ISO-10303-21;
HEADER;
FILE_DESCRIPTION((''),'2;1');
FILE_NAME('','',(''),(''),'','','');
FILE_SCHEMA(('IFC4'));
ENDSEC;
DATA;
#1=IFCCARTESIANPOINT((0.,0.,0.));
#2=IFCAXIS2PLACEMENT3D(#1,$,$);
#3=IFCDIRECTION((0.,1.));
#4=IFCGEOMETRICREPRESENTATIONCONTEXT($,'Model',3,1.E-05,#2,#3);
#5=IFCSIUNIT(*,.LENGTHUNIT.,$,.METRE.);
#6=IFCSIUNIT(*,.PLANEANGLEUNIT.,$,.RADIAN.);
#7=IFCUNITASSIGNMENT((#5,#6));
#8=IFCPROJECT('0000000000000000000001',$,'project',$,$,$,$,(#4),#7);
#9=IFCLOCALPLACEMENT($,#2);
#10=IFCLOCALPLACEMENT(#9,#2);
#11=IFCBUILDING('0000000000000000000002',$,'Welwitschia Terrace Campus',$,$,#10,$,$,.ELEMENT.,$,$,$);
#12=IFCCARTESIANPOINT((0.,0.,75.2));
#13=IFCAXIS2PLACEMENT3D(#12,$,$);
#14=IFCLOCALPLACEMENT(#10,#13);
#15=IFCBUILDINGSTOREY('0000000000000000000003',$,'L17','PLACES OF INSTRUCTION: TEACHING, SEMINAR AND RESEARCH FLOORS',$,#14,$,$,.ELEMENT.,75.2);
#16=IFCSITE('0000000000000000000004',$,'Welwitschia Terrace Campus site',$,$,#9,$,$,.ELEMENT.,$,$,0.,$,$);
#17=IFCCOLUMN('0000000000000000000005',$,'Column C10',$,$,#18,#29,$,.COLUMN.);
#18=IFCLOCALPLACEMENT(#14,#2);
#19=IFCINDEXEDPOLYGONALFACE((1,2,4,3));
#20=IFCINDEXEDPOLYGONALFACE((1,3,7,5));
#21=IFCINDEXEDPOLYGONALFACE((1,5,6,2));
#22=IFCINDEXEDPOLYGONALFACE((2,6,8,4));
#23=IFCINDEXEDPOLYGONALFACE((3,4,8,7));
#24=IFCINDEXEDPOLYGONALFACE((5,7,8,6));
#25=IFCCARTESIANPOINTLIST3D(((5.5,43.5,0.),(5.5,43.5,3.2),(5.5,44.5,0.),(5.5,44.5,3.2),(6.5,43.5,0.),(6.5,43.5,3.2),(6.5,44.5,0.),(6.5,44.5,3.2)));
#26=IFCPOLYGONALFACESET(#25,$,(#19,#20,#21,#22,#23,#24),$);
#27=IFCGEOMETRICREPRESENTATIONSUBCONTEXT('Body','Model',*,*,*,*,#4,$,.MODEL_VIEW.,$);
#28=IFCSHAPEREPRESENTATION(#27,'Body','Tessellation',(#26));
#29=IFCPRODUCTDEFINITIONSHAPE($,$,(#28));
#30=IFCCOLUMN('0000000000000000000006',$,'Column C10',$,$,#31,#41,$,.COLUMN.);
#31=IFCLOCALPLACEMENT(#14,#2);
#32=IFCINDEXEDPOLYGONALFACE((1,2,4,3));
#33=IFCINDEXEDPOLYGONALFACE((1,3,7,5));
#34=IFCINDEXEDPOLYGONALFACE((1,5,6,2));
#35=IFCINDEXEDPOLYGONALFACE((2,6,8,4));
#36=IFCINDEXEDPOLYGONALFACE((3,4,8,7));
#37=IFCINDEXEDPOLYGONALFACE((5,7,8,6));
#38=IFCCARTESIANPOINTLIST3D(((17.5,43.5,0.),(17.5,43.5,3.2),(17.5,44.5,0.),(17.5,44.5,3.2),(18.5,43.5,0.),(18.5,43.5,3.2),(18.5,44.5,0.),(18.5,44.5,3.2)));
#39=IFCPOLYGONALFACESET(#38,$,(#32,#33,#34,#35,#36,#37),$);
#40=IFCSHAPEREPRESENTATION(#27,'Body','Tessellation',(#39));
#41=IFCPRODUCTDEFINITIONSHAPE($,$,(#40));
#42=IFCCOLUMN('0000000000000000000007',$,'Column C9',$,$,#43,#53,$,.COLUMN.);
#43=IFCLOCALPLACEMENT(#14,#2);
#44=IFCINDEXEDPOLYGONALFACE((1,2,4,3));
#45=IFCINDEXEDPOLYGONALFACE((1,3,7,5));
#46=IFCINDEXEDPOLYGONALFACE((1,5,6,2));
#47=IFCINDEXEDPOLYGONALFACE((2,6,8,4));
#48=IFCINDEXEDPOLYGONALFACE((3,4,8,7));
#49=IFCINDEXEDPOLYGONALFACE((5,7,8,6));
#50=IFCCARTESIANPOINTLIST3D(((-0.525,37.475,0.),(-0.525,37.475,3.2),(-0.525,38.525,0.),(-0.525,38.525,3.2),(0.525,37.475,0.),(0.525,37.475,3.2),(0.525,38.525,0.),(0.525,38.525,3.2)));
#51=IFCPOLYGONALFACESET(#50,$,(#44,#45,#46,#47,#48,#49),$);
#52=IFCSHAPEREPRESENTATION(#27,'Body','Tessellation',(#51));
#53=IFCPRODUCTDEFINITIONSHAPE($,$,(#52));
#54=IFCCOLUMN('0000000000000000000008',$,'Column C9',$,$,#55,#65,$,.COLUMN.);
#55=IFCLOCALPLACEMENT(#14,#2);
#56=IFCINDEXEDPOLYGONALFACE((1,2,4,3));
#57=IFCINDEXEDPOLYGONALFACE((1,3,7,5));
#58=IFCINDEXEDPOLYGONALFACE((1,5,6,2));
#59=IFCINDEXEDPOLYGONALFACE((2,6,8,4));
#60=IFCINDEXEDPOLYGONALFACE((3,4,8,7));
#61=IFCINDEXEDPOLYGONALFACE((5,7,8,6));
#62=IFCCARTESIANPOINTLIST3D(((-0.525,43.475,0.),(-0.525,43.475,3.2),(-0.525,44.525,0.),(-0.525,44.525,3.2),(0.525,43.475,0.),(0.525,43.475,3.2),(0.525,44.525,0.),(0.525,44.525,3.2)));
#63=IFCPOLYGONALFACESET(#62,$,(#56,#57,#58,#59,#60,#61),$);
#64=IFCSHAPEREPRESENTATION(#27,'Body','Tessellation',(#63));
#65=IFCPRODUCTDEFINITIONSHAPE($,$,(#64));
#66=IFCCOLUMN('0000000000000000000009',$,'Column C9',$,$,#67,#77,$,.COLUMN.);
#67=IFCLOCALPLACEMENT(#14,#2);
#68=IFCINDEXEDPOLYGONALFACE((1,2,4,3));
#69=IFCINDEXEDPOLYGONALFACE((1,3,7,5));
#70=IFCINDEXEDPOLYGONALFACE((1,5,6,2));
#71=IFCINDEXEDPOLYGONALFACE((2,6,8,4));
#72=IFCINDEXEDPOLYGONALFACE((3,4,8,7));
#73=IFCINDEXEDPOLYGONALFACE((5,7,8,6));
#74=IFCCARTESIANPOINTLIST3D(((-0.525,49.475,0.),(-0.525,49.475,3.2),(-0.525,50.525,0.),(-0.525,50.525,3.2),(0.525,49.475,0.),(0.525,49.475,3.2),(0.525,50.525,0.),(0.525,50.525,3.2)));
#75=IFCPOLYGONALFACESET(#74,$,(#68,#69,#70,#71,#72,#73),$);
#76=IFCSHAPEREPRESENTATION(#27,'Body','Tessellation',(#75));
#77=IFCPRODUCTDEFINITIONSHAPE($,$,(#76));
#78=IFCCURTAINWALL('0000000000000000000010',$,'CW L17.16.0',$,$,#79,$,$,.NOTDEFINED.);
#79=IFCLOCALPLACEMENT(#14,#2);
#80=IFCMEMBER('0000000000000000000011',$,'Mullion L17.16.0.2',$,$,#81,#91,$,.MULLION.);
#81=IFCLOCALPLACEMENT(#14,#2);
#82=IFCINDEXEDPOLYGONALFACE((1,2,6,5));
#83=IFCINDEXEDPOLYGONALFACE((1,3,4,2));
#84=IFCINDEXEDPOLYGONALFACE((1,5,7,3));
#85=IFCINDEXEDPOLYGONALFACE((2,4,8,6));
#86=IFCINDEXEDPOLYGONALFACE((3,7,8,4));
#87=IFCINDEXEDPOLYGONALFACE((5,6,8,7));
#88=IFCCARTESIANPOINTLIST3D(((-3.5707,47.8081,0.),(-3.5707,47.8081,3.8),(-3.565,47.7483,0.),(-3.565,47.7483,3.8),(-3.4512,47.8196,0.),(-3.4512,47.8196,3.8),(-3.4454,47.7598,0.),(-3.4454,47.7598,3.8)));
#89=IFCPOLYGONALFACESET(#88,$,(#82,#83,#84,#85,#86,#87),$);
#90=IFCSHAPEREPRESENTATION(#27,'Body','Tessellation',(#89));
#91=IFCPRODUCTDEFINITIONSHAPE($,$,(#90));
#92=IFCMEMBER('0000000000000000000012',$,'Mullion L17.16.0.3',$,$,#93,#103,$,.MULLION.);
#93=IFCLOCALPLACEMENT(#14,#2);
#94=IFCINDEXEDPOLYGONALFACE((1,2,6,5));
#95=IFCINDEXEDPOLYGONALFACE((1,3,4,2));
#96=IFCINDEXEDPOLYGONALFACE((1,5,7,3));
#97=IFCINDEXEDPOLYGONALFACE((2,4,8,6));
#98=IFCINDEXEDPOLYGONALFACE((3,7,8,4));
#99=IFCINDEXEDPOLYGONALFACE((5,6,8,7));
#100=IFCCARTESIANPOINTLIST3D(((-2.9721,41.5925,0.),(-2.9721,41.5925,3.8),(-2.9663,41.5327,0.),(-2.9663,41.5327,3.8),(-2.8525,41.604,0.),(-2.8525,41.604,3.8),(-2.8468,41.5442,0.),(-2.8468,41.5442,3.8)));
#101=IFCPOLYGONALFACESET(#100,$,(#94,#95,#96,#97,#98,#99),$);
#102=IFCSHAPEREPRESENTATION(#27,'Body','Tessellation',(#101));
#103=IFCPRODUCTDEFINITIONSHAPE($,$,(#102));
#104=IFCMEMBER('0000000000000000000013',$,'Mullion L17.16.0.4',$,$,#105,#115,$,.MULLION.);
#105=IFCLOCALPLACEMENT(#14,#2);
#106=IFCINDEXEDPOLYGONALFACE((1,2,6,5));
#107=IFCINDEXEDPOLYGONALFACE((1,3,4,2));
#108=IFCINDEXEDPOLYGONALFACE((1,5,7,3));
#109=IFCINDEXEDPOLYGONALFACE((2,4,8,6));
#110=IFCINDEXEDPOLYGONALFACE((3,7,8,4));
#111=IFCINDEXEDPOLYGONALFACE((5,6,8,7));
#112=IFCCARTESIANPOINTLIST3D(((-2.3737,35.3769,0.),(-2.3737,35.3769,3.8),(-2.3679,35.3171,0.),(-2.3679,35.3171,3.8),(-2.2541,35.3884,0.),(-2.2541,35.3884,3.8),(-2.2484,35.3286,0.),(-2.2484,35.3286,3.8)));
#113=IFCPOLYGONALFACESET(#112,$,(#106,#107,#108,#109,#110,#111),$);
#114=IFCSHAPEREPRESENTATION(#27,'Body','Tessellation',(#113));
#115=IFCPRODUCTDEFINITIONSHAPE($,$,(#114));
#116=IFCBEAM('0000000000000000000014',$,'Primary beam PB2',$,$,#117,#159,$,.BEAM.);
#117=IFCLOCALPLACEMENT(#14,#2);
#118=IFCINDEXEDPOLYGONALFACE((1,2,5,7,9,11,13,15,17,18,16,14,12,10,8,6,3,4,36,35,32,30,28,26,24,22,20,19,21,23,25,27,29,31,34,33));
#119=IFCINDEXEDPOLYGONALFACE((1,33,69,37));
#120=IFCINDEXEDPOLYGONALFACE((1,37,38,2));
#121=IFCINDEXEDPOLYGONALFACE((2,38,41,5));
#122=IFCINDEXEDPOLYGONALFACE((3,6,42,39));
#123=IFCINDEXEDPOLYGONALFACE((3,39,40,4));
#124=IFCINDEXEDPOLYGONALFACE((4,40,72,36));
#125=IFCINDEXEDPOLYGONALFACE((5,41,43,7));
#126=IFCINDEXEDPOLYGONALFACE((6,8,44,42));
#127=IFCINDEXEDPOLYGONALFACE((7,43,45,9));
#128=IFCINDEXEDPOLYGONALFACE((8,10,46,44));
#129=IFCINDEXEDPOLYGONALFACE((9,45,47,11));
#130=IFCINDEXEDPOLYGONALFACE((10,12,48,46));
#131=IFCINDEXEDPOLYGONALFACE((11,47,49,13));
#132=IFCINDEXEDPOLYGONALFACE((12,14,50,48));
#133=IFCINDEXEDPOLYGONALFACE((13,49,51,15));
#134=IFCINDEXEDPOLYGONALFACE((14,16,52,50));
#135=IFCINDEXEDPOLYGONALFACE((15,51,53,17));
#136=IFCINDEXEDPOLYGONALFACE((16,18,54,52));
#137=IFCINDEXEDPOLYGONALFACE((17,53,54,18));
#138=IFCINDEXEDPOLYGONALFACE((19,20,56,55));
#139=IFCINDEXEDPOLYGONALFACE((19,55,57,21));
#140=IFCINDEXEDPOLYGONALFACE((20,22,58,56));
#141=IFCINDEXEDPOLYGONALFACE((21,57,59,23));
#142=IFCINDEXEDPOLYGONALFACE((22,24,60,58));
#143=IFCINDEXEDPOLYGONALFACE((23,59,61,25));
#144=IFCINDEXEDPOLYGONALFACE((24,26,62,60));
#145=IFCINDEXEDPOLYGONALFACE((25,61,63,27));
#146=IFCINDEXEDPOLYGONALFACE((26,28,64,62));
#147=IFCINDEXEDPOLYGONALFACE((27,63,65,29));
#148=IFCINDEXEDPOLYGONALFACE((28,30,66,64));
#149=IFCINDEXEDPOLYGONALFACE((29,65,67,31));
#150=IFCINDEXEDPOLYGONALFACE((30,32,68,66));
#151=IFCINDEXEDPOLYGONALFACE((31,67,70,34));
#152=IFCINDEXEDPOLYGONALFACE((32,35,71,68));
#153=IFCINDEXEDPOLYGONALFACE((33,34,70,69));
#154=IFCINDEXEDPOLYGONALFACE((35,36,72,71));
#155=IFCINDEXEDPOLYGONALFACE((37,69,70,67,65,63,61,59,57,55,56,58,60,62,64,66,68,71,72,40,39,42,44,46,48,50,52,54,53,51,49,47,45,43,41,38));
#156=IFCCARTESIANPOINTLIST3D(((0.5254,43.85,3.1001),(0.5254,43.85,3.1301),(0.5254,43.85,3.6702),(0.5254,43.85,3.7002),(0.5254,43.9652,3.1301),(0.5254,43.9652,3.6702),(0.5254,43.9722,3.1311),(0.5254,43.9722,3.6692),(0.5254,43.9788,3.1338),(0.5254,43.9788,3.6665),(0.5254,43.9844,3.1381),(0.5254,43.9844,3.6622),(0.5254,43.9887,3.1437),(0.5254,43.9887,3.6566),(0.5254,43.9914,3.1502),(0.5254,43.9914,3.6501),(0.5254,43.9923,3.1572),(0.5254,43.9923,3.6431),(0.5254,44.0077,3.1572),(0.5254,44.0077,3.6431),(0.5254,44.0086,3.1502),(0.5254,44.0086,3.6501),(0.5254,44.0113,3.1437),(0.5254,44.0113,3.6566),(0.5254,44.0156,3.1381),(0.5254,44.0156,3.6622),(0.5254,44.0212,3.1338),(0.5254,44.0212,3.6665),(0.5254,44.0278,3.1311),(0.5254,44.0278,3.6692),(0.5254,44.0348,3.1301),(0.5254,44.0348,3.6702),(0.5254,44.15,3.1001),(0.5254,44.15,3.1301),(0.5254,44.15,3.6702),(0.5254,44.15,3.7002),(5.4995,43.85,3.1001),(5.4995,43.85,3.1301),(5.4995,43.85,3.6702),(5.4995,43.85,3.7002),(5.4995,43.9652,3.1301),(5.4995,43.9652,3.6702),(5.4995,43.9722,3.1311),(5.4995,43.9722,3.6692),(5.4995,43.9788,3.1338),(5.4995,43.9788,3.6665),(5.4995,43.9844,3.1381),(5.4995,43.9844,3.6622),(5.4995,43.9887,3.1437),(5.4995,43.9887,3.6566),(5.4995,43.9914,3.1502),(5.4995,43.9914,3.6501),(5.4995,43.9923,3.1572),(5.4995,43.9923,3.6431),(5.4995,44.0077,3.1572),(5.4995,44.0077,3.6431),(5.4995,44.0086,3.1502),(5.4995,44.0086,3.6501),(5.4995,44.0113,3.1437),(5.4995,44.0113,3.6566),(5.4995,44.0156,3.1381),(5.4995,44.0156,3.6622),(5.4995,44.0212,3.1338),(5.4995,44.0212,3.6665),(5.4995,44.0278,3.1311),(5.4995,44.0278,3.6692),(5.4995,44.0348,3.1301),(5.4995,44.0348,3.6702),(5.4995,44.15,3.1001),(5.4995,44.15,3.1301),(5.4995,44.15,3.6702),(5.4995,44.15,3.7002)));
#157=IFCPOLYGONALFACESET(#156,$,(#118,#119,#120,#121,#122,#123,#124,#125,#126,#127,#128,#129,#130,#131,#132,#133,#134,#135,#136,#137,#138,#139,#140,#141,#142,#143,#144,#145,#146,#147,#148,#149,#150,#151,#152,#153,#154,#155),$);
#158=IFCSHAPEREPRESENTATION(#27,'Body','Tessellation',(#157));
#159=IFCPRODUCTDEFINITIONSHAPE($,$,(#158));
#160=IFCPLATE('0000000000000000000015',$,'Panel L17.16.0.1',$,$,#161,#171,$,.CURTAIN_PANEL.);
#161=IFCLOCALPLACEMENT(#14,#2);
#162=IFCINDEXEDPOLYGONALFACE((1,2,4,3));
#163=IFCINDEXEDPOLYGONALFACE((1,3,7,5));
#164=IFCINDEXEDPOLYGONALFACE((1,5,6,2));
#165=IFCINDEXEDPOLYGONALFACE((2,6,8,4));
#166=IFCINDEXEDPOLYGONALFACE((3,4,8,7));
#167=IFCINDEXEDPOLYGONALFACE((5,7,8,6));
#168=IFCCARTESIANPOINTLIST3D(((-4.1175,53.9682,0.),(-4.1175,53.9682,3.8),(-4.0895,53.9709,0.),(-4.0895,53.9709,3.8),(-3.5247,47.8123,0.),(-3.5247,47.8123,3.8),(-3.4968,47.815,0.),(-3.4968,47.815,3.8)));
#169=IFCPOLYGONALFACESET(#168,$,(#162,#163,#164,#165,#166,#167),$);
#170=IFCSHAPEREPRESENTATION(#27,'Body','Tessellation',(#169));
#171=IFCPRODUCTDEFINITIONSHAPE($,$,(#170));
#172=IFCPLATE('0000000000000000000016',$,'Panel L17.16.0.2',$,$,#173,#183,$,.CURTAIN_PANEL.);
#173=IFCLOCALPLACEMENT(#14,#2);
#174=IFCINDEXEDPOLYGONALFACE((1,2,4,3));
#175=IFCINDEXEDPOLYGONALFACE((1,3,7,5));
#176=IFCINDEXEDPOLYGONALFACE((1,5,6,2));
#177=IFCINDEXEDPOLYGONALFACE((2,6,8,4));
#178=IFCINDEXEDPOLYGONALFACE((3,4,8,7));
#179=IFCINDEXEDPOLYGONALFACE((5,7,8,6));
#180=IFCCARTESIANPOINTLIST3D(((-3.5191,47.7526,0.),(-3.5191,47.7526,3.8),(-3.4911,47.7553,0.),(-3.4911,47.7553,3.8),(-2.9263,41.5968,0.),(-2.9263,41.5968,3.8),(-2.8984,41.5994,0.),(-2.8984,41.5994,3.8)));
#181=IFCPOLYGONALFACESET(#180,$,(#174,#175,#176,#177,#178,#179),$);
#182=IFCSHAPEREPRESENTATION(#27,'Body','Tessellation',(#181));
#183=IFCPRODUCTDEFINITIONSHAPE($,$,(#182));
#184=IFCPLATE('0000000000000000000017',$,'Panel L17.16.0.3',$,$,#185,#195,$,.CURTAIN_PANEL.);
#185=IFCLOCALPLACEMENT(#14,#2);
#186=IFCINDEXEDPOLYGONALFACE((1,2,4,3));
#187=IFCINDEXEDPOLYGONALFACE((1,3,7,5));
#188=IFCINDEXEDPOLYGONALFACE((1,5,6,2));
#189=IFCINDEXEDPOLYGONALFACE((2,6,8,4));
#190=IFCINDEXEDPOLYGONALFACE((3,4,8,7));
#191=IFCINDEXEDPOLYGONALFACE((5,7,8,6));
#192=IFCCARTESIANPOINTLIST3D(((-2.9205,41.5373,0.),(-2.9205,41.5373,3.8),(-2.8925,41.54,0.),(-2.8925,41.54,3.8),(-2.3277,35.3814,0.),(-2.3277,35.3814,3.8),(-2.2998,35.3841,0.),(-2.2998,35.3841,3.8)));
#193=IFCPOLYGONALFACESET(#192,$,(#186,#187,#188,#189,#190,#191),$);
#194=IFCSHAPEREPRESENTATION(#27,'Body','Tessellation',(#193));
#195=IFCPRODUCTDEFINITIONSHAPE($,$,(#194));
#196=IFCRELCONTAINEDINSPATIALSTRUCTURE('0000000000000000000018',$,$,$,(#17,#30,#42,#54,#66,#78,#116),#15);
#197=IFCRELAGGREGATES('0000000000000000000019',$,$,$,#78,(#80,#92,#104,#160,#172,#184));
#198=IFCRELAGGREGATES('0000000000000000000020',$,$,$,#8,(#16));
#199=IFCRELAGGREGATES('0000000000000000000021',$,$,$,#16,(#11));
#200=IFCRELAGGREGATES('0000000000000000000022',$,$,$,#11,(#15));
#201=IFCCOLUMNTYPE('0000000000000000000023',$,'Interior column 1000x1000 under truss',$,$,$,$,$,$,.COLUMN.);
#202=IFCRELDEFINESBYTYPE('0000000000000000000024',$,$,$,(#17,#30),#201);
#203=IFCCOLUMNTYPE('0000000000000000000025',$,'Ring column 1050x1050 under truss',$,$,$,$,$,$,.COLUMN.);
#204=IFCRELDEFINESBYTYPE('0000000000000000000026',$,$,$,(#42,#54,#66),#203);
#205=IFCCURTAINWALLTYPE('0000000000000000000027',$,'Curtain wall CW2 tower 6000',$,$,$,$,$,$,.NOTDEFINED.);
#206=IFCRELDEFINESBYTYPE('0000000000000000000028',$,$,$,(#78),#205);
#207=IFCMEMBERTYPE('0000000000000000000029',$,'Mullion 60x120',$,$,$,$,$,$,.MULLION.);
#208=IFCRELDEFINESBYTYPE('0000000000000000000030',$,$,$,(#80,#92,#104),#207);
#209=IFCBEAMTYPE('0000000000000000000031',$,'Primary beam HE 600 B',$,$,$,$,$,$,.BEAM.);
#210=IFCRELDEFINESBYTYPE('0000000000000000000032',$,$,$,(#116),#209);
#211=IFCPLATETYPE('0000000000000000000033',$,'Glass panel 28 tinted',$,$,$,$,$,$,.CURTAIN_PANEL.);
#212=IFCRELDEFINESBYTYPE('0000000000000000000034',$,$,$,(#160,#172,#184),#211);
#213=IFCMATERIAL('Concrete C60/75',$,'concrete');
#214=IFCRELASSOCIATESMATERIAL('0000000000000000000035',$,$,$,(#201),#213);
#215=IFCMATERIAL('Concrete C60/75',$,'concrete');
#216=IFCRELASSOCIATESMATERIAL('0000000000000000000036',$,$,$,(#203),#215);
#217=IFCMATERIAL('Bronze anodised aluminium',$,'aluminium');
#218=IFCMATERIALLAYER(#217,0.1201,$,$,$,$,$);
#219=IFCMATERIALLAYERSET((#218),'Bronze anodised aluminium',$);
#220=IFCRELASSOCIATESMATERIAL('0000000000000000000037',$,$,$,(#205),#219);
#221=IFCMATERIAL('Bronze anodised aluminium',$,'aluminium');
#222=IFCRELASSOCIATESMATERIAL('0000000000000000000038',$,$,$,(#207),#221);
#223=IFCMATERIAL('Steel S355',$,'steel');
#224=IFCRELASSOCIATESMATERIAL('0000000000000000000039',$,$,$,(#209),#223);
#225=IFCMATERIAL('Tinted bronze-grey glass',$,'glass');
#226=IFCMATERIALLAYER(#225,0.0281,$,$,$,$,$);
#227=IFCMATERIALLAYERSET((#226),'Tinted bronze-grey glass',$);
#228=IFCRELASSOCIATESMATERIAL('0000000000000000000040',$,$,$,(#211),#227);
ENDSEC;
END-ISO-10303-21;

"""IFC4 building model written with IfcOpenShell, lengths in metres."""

from ifc_helpers import new_model, si_unit, direction, frame, origin, origin_2d, place, context, subcontext, project, spatial, rectangle, i_section, extrude, material, layer, layer_set, material_profile, profile_set, type_object, element, aggregate, save


model = new_model("IFC4")

# Units and contexts
model_context = context("Model", 3, precision=1e-05, world=origin(), true_north=direction((0.0, 1.0)))
body_context = subcontext(model_context, "Body", "Model", "MODEL_VIEW")
ifc_project = project(units=[si_unit("LENGTHUNIT", "METRE"), si_unit("PLANEANGLEUNIT", "RADIAN")], contexts=[model_context])

# Site, building, storey
site_placement = place(None, origin())
site = spatial("IfcSite", under=ifc_project, at=site_placement, Name="Welwitschia Terrace Campus site", CompositionType="ELEMENT", RefElevation=0.0)
building_placement = place(site_placement, origin())
building = spatial("IfcBuilding", under=site, at=building_placement, Name="Welwitschia Terrace Campus", CompositionType="ELEMENT")
storey_placement = place(building_placement, frame((0.0, 0.0, 75.2)))
storey = spatial("IfcBuildingStorey", under=building, at=storey_placement, Name="L17", Description="PLACES OF INSTRUCTION: TEACHING, SEMINAR AND RESEARCH FLOORS", CompositionType="ELEMENT", Elevation=75.2)

# Columns
ifc_material_1 = material(Name="Concrete C60/75", Category="concrete")
ifc_material_profile_1 = material_profile(ifc_material_1, rectangle(XDim=1.0, YDim=1.0, at=origin_2d()))
ifc_profile_set_1 = profile_set([ifc_material_profile_1], Name="Concrete C60/75")
column_type_1 = type_object("IfcColumnType", Name="Interior column 1000x1000 under truss", PredefinedType="COLUMN", material=ifc_profile_set_1)
for number, where, z_axis, x_axis, name in (
    (1, (6.0, 44.0, 0.0), (0.0, 0.0, 1.0), (1.0, 0.0, 0.0), "Column C10"),
    (2, (18.0, 44.0, 0.0), (0.0, 0.0, 1.0), (1.0, 0.0, 0.0), "Column C10"),
):
    element("IfcColumn", number, at=place(storey_placement, frame(where, z_axis=z_axis, x_axis=x_axis)), inside=storey, type_object=column_type_1, Name=name, PredefinedType="COLUMN", context=body_context, shape_type="SweptSolid", body=[
        extrude(rectangle(XDim=1.0, YDim=1.0, at=origin_2d()), origin(), (0.0, 0.0, 1.0), 3.2),
    ])
ifc_material_2 = material(Name="Concrete C60/75", Category="concrete")
ifc_material_profile_2 = material_profile(ifc_material_2, rectangle(XDim=1.05, YDim=1.05, at=origin_2d()))
ifc_profile_set_2 = profile_set([ifc_material_profile_2], Name="Concrete C60/75")
column_type_2 = type_object("IfcColumnType", Name="Ring column 1050x1050 under truss", PredefinedType="COLUMN", material=ifc_profile_set_2)
for number, where, z_axis, x_axis, name in (
    (3, (0.0, 38.0, 0.0), (0.0, 0.0, 1.0), (1.0, 0.0, 0.0), "Column C9"),
    (4, (0.0, 44.0, 0.0), (0.0, 0.0, 1.0), (1.0, 0.0, 0.0), "Column C9"),
    (5, (0.0, 50.0, 0.0), (0.0, 0.0, 1.0), (1.0, 0.0, 0.0), "Column C9"),
):
    element("IfcColumn", number, at=place(storey_placement, frame(where, z_axis=z_axis, x_axis=x_axis)), inside=storey, type_object=column_type_2, Name=name, PredefinedType="COLUMN", context=body_context, shape_type="SweptSolid", body=[
        extrude(rectangle(XDim=1.05, YDim=1.05, at=origin_2d()), origin(), (0.0, 0.0, 1.0), 3.2),
    ])

# Curtain wall, members
ifc_material_3 = material(Name="Bronze anodised aluminium", Category="aluminium")
ifc_layer_1 = layer(ifc_material_3, 0.1201)
ifc_layer_set_1 = layer_set([ifc_layer_1], Name="Bronze anodised aluminium")
curtain_wall_type = type_object("IfcCurtainWallType", Name="Curtain wall CW2 tower 6000", PredefinedType="NOTDEFINED", material=ifc_layer_set_1)
curtain_wall_placement = place(storey_placement, origin())
curtain_wall = element("IfcCurtainWall", 6, at=curtain_wall_placement, inside=storey, type_object=curtain_wall_type, Name="CW L17.16.0", PredefinedType="NOTDEFINED")
ifc_material_4 = material(Name="Bronze anodised aluminium", Category="aluminium")
ifc_material_profile_3 = material_profile(ifc_material_4, rectangle(XDim=0.1201, YDim=0.0601, at=origin_2d()))
ifc_profile_set_3 = profile_set([ifc_material_profile_3], Name="Bronze anodised aluminium")
member_type = type_object("IfcMemberType", Name="Mullion 60x120", PredefinedType="MULLION", material=ifc_profile_set_3)
member_1_placement = place(storey_placement, frame((-3.5081, 47.7839, 0.0), z_axis=(0.0, 0.0, 1.0), x_axis=(0.995396, 0.095846, 0.0)))
member_1 = element("IfcMember", 7, at=member_1_placement, type_object=member_type, Name="Mullion L17.16.0.2", PredefinedType="MULLION", context=body_context, shape_type="SweptSolid", body=[
    extrude(rectangle(XDim=0.1201, YDim=0.0601, at=origin_2d()), origin(), (0.0, 0.0, 1.0), 3.8),
])
member_2_placement = place(storey_placement, frame((-2.9094, 41.5684, 0.0), z_axis=(0.0, 0.0, 1.0), x_axis=(0.995396, 0.095846, 0.0)))
member_2 = element("IfcMember", 8, at=member_2_placement, type_object=member_type, Name="Mullion L17.16.0.3", PredefinedType="MULLION", context=body_context, shape_type="SweptSolid", body=[
    extrude(rectangle(XDim=0.1201, YDim=0.0601, at=origin_2d()), origin(), (0.0, 0.0, 1.0), 3.8),
])
member_3_placement = place(storey_placement, frame((-2.311, 35.3528, 0.0), z_axis=(0.0, 0.0, 1.0), x_axis=(0.995396, 0.095846, 0.0)))
member_3 = element("IfcMember", 9, at=member_3_placement, type_object=member_type, Name="Mullion L17.16.0.4", PredefinedType="MULLION", context=body_context, shape_type="SweptSolid", body=[
    extrude(rectangle(XDim=0.1201, YDim=0.0601, at=origin_2d()), origin(), (0.0, 0.0, 1.0), 3.8),
])

# Beam
ifc_material_5 = material(Name="Steel S355", Category="steel")
ifc_material_profile_4 = material_profile(ifc_material_5, i_section(OverallWidth=0.3, OverallDepth=0.6001, WebThickness=0.0154, FlangeThickness=0.03, FilletRadius=0.0271, at=origin_2d()))
ifc_profile_set_4 = profile_set([ifc_material_profile_4], Name="Steel S355")
beam_type = type_object("IfcBeamType", Name="Primary beam HE 600 B", PredefinedType="BEAM", material=ifc_profile_set_4)
beam_placement = place(storey_placement, frame((0.5254, 44.0, 3.4001), z_axis=(1.0, 0.0, 0.0), x_axis=(0.0, 1.0, 0.0)))
element("IfcBeam", 10, at=beam_placement, inside=storey, type_object=beam_type, Name="Primary beam PB2", PredefinedType="BEAM", context=body_context, shape_type="SweptSolid", body=[
    extrude(i_section(OverallWidth=0.3, OverallDepth=0.6001, WebThickness=0.0154, FlangeThickness=0.03, FilletRadius=0.0271, at=origin_2d()), origin(), (0.0, 0.0, 1.0), 4.9741),
])

# Plates
ifc_material_6 = material(Name="Tinted bronze-grey glass", Category="glass")
ifc_layer_2 = layer(ifc_material_6, 0.0281)
ifc_layer_set_2 = layer_set([ifc_layer_2], Name="Tinted bronze-grey glass")
plate_type = type_object("IfcPlateType", Name="Glass panel 28 tinted", PredefinedType="CURTAIN_PANEL", material=ifc_layer_set_2)
plate_1_placement = place(storey_placement, frame((-3.8071, 50.8916, 0.0), z_axis=(0.0, 0.0, 1.0), x_axis=(0.095846, -0.995396, 0.0)))
plate_1 = element("IfcPlate", 11, at=plate_1_placement, type_object=plate_type, Name="Panel L17.16.0.1", PredefinedType="CURTAIN_PANEL", context=body_context, shape_type="SweptSolid", body=[
    extrude(rectangle(XDim=6.1843, YDim=0.0281, at=origin_2d()), origin(), (0.0, 0.0, 1.0), 3.8),
])
plate_2_placement = place(storey_placement, frame((-3.2087, 44.676, 0.0), z_axis=(0.0, 0.0, 1.0), x_axis=(0.095846, -0.995396, 0.0)))
plate_2 = element("IfcPlate", 12, at=plate_2_placement, type_object=plate_type, Name="Panel L17.16.0.2", PredefinedType="CURTAIN_PANEL", context=body_context, shape_type="SweptSolid", body=[
    extrude(rectangle(XDim=6.1843, YDim=0.0281, at=origin_2d()), origin(), (0.0, 0.0, 1.0), 3.8),
])
plate_3_placement = place(storey_placement, frame((-2.6101, 38.4607, 0.0), z_axis=(0.0, 0.0, 1.0), x_axis=(0.095846, -0.995396, 0.0)))
plate_3 = element("IfcPlate", 13, at=plate_3_placement, type_object=plate_type, Name="Panel L17.16.0.3", PredefinedType="CURTAIN_PANEL", context=body_context, shape_type="SweptSolid", body=[
    extrude(rectangle(XDim=6.1843, YDim=0.0281, at=origin_2d()), origin(), (0.0, 0.0, 1.0), 3.8),
])
aggregate(curtain_wall, [member_1, member_2, member_3, plate_1, plate_2, plate_3])

save(model, "model.ifc")
